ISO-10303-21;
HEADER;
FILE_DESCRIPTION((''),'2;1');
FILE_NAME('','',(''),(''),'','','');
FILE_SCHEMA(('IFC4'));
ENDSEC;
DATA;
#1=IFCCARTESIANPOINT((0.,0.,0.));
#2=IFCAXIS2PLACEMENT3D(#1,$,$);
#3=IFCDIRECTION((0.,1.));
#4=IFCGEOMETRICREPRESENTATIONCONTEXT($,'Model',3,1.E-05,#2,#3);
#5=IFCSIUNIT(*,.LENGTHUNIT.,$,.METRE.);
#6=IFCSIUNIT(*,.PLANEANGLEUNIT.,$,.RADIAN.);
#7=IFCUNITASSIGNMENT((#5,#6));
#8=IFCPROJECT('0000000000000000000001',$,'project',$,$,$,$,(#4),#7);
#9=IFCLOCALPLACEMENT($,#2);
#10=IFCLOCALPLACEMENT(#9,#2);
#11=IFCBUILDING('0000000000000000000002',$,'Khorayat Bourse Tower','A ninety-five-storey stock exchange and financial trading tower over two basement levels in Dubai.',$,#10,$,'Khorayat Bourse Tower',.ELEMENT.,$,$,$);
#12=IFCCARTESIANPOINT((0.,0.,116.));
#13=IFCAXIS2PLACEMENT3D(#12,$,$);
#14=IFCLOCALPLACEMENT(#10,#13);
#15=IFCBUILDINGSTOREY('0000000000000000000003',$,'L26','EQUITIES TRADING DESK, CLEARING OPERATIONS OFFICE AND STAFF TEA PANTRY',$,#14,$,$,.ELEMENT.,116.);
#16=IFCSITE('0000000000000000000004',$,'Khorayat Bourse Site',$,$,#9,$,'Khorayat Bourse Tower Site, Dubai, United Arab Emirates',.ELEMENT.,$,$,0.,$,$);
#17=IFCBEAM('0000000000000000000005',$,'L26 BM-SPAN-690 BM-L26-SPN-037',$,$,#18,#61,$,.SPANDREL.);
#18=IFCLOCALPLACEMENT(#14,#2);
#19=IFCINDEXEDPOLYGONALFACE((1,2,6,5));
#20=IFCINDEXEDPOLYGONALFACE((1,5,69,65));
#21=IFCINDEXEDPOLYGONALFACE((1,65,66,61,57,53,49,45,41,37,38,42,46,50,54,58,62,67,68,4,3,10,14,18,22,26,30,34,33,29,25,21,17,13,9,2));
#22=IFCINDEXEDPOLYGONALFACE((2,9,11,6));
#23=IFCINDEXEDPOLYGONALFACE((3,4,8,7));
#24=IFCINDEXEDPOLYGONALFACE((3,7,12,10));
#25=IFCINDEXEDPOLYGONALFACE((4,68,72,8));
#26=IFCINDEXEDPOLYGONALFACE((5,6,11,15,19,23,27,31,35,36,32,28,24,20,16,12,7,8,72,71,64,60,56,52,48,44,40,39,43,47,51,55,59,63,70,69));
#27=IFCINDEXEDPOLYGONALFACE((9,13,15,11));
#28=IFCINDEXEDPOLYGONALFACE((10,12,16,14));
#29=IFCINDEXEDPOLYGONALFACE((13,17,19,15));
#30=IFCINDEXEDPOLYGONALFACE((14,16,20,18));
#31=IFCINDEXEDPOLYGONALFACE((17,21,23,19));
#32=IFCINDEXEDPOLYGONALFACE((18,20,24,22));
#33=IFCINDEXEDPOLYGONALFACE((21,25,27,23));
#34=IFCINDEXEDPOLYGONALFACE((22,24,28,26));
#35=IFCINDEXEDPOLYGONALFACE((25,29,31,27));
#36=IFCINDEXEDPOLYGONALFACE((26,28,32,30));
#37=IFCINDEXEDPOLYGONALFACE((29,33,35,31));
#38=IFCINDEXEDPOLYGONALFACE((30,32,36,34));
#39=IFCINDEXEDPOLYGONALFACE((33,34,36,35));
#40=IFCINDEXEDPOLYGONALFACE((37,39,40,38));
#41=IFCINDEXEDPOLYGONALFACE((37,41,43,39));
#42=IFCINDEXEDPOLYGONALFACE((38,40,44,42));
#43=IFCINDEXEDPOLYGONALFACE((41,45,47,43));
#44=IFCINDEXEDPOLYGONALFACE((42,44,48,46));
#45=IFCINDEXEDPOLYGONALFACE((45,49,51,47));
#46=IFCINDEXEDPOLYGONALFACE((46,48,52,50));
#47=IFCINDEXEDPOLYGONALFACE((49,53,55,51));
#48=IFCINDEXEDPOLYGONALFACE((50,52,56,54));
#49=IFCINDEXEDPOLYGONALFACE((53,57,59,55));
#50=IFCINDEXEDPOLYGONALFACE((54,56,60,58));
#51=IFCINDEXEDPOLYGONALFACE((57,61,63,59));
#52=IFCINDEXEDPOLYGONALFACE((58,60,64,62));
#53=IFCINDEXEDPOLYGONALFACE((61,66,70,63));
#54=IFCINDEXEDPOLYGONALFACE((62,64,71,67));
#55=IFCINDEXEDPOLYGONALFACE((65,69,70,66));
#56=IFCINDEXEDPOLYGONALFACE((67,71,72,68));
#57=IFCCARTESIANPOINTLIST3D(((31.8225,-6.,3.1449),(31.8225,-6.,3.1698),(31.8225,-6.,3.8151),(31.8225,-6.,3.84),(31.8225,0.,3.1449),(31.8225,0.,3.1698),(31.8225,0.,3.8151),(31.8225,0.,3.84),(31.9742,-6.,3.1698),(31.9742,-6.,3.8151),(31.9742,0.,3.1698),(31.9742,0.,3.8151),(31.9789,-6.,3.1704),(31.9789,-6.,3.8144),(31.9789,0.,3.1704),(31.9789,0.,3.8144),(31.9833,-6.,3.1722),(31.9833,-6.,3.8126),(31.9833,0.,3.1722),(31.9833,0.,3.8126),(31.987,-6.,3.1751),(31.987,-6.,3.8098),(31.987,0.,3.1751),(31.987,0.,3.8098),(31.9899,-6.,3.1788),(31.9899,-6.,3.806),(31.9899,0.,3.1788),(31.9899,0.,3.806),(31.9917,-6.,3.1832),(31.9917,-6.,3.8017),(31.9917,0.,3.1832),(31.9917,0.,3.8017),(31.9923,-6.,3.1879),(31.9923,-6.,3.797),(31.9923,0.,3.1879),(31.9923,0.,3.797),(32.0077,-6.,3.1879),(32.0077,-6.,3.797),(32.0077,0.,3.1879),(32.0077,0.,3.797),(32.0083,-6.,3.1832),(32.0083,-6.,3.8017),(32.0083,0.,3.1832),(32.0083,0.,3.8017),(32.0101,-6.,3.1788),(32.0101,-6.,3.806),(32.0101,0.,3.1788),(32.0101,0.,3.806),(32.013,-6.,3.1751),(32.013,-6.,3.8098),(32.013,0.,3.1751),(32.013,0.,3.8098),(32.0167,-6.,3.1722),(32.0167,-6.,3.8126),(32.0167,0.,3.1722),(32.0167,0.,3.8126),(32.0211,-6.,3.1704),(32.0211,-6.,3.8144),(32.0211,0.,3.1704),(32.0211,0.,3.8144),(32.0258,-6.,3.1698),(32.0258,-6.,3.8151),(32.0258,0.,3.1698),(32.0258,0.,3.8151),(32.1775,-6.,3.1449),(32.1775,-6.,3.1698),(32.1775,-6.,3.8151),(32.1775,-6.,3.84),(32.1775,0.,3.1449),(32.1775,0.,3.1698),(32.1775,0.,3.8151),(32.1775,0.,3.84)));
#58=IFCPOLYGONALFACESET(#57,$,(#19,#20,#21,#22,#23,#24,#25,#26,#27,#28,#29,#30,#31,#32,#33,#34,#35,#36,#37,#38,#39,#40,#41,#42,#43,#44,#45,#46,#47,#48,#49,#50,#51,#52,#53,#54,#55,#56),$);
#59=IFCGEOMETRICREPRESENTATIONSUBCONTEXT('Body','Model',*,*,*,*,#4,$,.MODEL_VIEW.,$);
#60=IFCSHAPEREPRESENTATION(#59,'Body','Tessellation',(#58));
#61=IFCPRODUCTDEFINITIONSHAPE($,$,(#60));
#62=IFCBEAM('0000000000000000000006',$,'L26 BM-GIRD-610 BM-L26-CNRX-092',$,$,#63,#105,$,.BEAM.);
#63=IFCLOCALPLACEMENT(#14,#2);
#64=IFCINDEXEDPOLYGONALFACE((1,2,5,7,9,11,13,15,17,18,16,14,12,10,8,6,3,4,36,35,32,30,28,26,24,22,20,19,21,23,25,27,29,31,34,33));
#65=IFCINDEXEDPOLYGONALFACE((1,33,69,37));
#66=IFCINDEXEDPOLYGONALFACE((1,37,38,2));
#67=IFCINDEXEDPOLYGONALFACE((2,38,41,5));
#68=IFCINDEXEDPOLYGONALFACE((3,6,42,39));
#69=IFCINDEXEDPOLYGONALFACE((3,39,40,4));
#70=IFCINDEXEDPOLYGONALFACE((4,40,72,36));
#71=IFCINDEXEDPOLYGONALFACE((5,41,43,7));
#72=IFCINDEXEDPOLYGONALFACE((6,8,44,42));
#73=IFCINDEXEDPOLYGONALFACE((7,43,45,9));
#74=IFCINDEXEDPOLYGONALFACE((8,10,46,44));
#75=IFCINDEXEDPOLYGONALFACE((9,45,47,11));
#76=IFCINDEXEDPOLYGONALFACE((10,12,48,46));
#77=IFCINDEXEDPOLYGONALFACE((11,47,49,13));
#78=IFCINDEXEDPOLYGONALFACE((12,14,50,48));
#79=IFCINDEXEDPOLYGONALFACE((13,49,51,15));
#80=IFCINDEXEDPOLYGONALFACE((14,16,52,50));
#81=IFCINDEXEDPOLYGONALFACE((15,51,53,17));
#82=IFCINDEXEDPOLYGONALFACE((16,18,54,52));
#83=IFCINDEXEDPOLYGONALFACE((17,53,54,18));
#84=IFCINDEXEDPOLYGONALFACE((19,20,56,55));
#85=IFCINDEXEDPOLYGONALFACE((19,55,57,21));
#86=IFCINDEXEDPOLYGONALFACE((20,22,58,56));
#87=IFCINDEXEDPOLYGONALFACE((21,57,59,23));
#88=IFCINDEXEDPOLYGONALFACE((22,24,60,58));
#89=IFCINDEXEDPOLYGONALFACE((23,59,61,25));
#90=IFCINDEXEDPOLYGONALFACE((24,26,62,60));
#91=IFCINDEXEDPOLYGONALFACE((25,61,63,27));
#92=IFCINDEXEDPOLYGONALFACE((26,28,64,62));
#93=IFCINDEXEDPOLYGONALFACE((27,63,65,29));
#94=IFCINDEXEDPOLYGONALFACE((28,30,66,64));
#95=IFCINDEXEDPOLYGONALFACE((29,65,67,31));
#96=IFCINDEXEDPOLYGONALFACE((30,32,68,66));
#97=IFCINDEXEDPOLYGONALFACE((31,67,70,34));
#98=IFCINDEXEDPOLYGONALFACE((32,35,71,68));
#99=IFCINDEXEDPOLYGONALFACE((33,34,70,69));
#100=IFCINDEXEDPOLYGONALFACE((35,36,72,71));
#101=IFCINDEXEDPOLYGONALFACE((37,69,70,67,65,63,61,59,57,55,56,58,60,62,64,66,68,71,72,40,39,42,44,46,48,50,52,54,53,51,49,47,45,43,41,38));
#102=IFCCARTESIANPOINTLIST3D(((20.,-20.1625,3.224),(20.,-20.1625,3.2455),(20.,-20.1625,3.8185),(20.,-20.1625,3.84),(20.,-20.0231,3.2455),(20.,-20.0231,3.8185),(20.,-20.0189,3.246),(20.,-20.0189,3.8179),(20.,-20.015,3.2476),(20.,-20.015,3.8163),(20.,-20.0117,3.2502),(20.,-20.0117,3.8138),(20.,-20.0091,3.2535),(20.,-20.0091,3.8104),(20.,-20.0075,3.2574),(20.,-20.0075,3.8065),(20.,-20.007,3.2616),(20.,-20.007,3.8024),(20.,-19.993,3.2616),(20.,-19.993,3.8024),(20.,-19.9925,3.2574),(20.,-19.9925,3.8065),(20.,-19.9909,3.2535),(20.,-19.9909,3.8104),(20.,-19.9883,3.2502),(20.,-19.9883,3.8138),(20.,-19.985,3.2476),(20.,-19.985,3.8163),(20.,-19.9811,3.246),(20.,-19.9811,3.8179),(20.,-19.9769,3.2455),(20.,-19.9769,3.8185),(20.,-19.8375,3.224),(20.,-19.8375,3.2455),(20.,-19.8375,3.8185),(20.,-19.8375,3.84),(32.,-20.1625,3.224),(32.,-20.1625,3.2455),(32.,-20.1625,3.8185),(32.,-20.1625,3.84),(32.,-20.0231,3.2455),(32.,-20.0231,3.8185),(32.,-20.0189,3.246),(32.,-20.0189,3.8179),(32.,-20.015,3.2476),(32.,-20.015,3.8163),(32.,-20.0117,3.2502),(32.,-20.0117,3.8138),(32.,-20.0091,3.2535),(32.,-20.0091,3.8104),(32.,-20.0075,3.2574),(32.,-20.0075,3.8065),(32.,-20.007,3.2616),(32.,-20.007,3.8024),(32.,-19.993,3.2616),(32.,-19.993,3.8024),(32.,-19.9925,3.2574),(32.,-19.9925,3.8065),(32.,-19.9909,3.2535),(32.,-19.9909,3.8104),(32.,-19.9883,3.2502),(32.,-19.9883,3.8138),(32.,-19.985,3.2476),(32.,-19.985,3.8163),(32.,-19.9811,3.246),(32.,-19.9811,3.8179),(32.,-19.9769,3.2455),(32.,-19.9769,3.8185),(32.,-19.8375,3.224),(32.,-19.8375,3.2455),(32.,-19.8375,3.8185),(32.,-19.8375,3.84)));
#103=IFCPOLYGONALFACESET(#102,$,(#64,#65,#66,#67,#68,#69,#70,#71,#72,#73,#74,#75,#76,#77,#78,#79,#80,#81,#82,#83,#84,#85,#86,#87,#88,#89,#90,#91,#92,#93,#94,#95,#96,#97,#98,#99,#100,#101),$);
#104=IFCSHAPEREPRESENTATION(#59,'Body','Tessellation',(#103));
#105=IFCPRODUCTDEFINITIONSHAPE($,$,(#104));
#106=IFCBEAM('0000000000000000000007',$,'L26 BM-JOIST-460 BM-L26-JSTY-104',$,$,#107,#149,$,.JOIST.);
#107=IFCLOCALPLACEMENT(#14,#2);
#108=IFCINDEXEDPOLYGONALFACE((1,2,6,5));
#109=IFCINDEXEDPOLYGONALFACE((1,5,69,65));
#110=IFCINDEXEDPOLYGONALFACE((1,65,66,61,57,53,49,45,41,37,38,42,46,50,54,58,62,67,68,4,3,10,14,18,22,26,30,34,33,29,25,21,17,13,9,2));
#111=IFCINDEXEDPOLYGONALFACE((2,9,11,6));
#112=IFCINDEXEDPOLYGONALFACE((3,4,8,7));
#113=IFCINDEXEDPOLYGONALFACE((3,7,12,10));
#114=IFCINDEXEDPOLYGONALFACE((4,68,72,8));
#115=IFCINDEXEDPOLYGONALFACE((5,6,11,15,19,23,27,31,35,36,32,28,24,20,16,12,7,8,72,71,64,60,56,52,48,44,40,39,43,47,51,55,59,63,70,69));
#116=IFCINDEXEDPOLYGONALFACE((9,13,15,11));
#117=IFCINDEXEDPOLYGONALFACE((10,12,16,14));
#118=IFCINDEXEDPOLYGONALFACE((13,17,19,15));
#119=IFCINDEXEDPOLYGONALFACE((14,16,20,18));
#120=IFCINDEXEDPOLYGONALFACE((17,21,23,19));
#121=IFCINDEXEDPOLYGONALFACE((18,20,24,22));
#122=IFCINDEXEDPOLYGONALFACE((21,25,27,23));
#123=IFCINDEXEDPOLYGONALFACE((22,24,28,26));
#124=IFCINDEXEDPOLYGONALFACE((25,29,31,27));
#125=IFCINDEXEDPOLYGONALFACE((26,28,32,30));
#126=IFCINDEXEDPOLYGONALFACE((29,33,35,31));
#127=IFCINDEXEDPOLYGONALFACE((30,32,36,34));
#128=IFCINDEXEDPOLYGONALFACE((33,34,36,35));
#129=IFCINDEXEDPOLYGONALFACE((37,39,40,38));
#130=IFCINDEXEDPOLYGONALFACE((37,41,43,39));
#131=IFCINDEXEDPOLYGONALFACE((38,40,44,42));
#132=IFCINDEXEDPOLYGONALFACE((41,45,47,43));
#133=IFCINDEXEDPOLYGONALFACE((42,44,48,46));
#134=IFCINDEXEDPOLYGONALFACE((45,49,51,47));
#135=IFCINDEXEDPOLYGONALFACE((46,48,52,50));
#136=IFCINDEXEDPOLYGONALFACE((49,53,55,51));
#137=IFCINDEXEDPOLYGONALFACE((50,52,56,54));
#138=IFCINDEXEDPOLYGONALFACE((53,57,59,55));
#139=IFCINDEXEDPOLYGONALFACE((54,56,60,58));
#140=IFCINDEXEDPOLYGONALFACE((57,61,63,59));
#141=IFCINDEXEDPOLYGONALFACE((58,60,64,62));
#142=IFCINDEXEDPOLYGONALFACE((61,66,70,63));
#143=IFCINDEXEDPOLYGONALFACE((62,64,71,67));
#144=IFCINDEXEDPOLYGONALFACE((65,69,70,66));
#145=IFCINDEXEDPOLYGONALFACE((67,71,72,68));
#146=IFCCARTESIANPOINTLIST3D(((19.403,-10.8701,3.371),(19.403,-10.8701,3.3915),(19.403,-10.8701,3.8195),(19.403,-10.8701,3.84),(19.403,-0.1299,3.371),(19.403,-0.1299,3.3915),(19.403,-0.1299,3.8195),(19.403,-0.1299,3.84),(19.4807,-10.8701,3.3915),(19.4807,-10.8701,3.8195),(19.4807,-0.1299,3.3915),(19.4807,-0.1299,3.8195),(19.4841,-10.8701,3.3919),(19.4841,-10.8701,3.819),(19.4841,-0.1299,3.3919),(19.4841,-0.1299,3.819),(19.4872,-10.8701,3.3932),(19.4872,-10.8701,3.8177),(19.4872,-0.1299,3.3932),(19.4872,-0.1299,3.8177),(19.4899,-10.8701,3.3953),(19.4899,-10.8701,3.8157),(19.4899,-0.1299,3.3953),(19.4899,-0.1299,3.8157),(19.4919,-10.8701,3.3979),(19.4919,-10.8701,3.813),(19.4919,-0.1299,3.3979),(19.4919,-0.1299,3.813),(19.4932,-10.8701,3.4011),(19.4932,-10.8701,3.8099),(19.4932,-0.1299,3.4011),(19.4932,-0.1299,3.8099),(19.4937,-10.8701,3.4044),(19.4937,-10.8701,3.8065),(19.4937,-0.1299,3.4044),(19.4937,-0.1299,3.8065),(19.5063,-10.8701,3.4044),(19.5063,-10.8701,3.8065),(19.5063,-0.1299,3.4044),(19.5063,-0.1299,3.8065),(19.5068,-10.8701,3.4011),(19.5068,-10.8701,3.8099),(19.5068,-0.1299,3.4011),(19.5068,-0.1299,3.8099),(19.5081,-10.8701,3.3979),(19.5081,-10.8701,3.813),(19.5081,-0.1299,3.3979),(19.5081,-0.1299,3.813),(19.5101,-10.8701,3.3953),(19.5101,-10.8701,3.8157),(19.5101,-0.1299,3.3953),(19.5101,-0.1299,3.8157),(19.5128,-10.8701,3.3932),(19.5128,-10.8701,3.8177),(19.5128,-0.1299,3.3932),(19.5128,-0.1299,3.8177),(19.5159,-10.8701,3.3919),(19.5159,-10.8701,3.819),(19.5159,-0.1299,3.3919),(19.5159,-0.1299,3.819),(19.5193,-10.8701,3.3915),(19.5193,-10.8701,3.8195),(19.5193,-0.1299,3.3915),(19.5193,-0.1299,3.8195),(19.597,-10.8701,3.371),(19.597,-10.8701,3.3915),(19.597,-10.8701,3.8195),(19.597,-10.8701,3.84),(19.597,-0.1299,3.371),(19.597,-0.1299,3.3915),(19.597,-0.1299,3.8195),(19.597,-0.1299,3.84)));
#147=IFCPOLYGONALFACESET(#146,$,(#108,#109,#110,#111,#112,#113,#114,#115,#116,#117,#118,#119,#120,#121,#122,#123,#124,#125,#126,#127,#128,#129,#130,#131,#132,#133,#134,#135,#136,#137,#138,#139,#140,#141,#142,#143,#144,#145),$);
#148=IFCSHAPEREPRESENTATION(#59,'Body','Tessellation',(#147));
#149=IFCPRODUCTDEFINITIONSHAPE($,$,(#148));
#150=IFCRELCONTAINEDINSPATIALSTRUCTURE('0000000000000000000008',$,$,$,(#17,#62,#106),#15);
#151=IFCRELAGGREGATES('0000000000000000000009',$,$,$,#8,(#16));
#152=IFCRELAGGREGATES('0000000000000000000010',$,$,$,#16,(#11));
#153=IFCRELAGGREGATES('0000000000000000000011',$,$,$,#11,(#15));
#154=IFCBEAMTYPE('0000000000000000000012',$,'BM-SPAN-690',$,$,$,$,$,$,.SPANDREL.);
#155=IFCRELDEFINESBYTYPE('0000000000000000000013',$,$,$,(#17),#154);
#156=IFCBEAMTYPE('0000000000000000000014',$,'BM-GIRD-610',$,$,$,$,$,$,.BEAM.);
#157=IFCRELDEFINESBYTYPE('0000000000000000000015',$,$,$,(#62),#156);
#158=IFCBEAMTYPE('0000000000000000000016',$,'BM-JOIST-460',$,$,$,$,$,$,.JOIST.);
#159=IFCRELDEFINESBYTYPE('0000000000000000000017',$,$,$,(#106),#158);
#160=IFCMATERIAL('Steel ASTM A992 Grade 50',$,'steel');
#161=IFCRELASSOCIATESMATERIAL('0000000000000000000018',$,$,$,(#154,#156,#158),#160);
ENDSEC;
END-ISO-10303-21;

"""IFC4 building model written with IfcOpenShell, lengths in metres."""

from ifc_helpers import new_model, si_unit, direction, frame, origin, origin_2d, place, context, subcontext, project, spatial, i_section, extrude, source, transform, mapped, material, material_profile, profile_set, type_object, element, save


model = new_model("IFC4")

# Units and contexts
model_context = context("Model", 3, precision=1e-05, world=origin(), true_north=direction((0.0, 1.0)))
body_context = subcontext(model_context, "Body", "Model", "MODEL_VIEW")
ifc_project = project(units=[si_unit("LENGTHUNIT", "METRE"), si_unit("PLANEANGLEUNIT", "RADIAN")], contexts=[model_context])

# Site, building, storey
site_placement = place(None, origin())
site = spatial("IfcSite", under=ifc_project, at=site_placement, Name="Khorayat Bourse Site", LongName="Khorayat Bourse Tower Site, Dubai, United Arab Emirates", CompositionType="ELEMENT", RefElevation=0.0)
building_placement = place(site_placement, origin())
building = spatial("IfcBuilding", under=site, at=building_placement, Name="Khorayat Bourse Tower", Description="A ninety-five-storey stock exchange and financial trading tower over two basement levels in Dubai.", LongName="Khorayat Bourse Tower", CompositionType="ELEMENT")
storey_placement = place(building_placement, frame((0.0, 0.0, 116.0)))
storey = spatial("IfcBuildingStorey", under=building, at=storey_placement, Name="L26", Description="EQUITIES TRADING DESK, CLEARING OPERATIONS OFFICE AND STAFF TEA PANTRY", CompositionType="ELEMENT", Elevation=116.0)

# Beams
ifc_material_1 = material(Name="Steel ASTM A992 Grade 50", Category="steel")
ifc_material_profile_1 = material_profile(ifc_material_1, i_section(OverallWidth=0.355, OverallDepth=0.6951, WebThickness=0.0154, FlangeThickness=0.0249, FilletRadius=0.0181, at=origin_2d()), Name="W690X217")
ifc_profile_set_1 = profile_set([ifc_material_profile_1], Name="Steel ASTM A992 Grade 50")
beam_type_1 = type_object("IfcBeamType", Name="BM-SPAN-690", PredefinedType="SPANDREL", material=ifc_profile_set_1)
shared_shape_1 = source(origin(), body_context, "Body", "SweptSolid", [
    extrude(i_section(OverallWidth=0.355, OverallDepth=0.6951, WebThickness=0.0154, FlangeThickness=0.0249, FilletRadius=0.0181, at=origin_2d()), origin(), (0.0, 0.0, 1.0), 6.0),
])
beam_1_placement = place(storey_placement, frame((32.0, -6.0, 3.4924), z_axis=(0.0, 1.0, 0.0), x_axis=(-1.0, 0.0, 0.0)))
element("IfcBeam", 1, at=beam_1_placement, inside=storey, type_object=beam_type_1, Name="L26 BM-SPAN-690 BM-L26-SPN-037", PredefinedType="SPANDREL", context=body_context, shape_type="MappedRepresentation", body=[
    mapped(shared_shape_1, transform((0.0, 0.0, 0.0), scale=1.0)),
])
ifc_material_profile_2 = material_profile(ifc_material_1, i_section(OverallWidth=0.325, OverallDepth=0.616, WebThickness=0.0139, FlangeThickness=0.0215, FilletRadius=0.0161, at=origin_2d()), Name="W610X174")
ifc_profile_set_2 = profile_set([ifc_material_profile_2], Name="Steel ASTM A992 Grade 50")
beam_type_2 = type_object("IfcBeamType", Name="BM-GIRD-610", PredefinedType="BEAM", material=ifc_profile_set_2)
shared_shape_2 = source(origin(), body_context, "Body", "SweptSolid", [
    extrude(i_section(OverallWidth=0.325, OverallDepth=0.616, WebThickness=0.0139, FlangeThickness=0.0215, FilletRadius=0.0161, at=origin_2d()), origin(), (0.0, 0.0, 1.0), 12.0),
])
beam_2_placement = place(storey_placement, frame((20.0, -20.0, 3.532), z_axis=(1.0, 0.0, 0.0), x_axis=(0.0, 1.0, 0.0)))
element("IfcBeam", 2, at=beam_2_placement, inside=storey, type_object=beam_type_2, Name="L26 BM-GIRD-610 BM-L26-CNRX-092", PredefinedType="BEAM", context=body_context, shape_type="MappedRepresentation", body=[
    mapped(shared_shape_2, transform((0.0, 0.0, 0.0), scale=1.0)),
])
ifc_material_profile_3 = material_profile(ifc_material_1, i_section(OverallWidth=0.1941, OverallDepth=0.469, WebThickness=0.0127, FlangeThickness=0.0205, FilletRadius=0.0129, at=origin_2d()), Name="W460X106")
ifc_profile_set_3 = profile_set([ifc_material_profile_3], Name="Steel ASTM A992 Grade 50")
beam_type_3 = type_object("IfcBeamType", Name="BM-JOIST-460", PredefinedType="JOIST", material=ifc_profile_set_3)
shared_shape_3 = source(origin(), body_context, "Body", "SweptSolid", [
    extrude(i_section(OverallWidth=0.1941, OverallDepth=0.469, WebThickness=0.0127, FlangeThickness=0.0205, FilletRadius=0.0129, at=origin_2d()), origin(), (0.0, 0.0, 1.0), 10.7402),
])
beam_3_placement = place(storey_placement, frame((19.5, -10.8701, 3.6055), z_axis=(0.0, 1.0, 0.0), x_axis=(-1.0, 0.0, 0.0)))
element("IfcBeam", 3, at=beam_3_placement, inside=storey, type_object=beam_type_3, Name="L26 BM-JOIST-460 BM-L26-JSTY-104", PredefinedType="JOIST", context=body_context, shape_type="MappedRepresentation", body=[
    mapped(shared_shape_3, transform((0.0, 0.0, 0.0), scale=1.0)),
])

save(model, "model.ifc")
